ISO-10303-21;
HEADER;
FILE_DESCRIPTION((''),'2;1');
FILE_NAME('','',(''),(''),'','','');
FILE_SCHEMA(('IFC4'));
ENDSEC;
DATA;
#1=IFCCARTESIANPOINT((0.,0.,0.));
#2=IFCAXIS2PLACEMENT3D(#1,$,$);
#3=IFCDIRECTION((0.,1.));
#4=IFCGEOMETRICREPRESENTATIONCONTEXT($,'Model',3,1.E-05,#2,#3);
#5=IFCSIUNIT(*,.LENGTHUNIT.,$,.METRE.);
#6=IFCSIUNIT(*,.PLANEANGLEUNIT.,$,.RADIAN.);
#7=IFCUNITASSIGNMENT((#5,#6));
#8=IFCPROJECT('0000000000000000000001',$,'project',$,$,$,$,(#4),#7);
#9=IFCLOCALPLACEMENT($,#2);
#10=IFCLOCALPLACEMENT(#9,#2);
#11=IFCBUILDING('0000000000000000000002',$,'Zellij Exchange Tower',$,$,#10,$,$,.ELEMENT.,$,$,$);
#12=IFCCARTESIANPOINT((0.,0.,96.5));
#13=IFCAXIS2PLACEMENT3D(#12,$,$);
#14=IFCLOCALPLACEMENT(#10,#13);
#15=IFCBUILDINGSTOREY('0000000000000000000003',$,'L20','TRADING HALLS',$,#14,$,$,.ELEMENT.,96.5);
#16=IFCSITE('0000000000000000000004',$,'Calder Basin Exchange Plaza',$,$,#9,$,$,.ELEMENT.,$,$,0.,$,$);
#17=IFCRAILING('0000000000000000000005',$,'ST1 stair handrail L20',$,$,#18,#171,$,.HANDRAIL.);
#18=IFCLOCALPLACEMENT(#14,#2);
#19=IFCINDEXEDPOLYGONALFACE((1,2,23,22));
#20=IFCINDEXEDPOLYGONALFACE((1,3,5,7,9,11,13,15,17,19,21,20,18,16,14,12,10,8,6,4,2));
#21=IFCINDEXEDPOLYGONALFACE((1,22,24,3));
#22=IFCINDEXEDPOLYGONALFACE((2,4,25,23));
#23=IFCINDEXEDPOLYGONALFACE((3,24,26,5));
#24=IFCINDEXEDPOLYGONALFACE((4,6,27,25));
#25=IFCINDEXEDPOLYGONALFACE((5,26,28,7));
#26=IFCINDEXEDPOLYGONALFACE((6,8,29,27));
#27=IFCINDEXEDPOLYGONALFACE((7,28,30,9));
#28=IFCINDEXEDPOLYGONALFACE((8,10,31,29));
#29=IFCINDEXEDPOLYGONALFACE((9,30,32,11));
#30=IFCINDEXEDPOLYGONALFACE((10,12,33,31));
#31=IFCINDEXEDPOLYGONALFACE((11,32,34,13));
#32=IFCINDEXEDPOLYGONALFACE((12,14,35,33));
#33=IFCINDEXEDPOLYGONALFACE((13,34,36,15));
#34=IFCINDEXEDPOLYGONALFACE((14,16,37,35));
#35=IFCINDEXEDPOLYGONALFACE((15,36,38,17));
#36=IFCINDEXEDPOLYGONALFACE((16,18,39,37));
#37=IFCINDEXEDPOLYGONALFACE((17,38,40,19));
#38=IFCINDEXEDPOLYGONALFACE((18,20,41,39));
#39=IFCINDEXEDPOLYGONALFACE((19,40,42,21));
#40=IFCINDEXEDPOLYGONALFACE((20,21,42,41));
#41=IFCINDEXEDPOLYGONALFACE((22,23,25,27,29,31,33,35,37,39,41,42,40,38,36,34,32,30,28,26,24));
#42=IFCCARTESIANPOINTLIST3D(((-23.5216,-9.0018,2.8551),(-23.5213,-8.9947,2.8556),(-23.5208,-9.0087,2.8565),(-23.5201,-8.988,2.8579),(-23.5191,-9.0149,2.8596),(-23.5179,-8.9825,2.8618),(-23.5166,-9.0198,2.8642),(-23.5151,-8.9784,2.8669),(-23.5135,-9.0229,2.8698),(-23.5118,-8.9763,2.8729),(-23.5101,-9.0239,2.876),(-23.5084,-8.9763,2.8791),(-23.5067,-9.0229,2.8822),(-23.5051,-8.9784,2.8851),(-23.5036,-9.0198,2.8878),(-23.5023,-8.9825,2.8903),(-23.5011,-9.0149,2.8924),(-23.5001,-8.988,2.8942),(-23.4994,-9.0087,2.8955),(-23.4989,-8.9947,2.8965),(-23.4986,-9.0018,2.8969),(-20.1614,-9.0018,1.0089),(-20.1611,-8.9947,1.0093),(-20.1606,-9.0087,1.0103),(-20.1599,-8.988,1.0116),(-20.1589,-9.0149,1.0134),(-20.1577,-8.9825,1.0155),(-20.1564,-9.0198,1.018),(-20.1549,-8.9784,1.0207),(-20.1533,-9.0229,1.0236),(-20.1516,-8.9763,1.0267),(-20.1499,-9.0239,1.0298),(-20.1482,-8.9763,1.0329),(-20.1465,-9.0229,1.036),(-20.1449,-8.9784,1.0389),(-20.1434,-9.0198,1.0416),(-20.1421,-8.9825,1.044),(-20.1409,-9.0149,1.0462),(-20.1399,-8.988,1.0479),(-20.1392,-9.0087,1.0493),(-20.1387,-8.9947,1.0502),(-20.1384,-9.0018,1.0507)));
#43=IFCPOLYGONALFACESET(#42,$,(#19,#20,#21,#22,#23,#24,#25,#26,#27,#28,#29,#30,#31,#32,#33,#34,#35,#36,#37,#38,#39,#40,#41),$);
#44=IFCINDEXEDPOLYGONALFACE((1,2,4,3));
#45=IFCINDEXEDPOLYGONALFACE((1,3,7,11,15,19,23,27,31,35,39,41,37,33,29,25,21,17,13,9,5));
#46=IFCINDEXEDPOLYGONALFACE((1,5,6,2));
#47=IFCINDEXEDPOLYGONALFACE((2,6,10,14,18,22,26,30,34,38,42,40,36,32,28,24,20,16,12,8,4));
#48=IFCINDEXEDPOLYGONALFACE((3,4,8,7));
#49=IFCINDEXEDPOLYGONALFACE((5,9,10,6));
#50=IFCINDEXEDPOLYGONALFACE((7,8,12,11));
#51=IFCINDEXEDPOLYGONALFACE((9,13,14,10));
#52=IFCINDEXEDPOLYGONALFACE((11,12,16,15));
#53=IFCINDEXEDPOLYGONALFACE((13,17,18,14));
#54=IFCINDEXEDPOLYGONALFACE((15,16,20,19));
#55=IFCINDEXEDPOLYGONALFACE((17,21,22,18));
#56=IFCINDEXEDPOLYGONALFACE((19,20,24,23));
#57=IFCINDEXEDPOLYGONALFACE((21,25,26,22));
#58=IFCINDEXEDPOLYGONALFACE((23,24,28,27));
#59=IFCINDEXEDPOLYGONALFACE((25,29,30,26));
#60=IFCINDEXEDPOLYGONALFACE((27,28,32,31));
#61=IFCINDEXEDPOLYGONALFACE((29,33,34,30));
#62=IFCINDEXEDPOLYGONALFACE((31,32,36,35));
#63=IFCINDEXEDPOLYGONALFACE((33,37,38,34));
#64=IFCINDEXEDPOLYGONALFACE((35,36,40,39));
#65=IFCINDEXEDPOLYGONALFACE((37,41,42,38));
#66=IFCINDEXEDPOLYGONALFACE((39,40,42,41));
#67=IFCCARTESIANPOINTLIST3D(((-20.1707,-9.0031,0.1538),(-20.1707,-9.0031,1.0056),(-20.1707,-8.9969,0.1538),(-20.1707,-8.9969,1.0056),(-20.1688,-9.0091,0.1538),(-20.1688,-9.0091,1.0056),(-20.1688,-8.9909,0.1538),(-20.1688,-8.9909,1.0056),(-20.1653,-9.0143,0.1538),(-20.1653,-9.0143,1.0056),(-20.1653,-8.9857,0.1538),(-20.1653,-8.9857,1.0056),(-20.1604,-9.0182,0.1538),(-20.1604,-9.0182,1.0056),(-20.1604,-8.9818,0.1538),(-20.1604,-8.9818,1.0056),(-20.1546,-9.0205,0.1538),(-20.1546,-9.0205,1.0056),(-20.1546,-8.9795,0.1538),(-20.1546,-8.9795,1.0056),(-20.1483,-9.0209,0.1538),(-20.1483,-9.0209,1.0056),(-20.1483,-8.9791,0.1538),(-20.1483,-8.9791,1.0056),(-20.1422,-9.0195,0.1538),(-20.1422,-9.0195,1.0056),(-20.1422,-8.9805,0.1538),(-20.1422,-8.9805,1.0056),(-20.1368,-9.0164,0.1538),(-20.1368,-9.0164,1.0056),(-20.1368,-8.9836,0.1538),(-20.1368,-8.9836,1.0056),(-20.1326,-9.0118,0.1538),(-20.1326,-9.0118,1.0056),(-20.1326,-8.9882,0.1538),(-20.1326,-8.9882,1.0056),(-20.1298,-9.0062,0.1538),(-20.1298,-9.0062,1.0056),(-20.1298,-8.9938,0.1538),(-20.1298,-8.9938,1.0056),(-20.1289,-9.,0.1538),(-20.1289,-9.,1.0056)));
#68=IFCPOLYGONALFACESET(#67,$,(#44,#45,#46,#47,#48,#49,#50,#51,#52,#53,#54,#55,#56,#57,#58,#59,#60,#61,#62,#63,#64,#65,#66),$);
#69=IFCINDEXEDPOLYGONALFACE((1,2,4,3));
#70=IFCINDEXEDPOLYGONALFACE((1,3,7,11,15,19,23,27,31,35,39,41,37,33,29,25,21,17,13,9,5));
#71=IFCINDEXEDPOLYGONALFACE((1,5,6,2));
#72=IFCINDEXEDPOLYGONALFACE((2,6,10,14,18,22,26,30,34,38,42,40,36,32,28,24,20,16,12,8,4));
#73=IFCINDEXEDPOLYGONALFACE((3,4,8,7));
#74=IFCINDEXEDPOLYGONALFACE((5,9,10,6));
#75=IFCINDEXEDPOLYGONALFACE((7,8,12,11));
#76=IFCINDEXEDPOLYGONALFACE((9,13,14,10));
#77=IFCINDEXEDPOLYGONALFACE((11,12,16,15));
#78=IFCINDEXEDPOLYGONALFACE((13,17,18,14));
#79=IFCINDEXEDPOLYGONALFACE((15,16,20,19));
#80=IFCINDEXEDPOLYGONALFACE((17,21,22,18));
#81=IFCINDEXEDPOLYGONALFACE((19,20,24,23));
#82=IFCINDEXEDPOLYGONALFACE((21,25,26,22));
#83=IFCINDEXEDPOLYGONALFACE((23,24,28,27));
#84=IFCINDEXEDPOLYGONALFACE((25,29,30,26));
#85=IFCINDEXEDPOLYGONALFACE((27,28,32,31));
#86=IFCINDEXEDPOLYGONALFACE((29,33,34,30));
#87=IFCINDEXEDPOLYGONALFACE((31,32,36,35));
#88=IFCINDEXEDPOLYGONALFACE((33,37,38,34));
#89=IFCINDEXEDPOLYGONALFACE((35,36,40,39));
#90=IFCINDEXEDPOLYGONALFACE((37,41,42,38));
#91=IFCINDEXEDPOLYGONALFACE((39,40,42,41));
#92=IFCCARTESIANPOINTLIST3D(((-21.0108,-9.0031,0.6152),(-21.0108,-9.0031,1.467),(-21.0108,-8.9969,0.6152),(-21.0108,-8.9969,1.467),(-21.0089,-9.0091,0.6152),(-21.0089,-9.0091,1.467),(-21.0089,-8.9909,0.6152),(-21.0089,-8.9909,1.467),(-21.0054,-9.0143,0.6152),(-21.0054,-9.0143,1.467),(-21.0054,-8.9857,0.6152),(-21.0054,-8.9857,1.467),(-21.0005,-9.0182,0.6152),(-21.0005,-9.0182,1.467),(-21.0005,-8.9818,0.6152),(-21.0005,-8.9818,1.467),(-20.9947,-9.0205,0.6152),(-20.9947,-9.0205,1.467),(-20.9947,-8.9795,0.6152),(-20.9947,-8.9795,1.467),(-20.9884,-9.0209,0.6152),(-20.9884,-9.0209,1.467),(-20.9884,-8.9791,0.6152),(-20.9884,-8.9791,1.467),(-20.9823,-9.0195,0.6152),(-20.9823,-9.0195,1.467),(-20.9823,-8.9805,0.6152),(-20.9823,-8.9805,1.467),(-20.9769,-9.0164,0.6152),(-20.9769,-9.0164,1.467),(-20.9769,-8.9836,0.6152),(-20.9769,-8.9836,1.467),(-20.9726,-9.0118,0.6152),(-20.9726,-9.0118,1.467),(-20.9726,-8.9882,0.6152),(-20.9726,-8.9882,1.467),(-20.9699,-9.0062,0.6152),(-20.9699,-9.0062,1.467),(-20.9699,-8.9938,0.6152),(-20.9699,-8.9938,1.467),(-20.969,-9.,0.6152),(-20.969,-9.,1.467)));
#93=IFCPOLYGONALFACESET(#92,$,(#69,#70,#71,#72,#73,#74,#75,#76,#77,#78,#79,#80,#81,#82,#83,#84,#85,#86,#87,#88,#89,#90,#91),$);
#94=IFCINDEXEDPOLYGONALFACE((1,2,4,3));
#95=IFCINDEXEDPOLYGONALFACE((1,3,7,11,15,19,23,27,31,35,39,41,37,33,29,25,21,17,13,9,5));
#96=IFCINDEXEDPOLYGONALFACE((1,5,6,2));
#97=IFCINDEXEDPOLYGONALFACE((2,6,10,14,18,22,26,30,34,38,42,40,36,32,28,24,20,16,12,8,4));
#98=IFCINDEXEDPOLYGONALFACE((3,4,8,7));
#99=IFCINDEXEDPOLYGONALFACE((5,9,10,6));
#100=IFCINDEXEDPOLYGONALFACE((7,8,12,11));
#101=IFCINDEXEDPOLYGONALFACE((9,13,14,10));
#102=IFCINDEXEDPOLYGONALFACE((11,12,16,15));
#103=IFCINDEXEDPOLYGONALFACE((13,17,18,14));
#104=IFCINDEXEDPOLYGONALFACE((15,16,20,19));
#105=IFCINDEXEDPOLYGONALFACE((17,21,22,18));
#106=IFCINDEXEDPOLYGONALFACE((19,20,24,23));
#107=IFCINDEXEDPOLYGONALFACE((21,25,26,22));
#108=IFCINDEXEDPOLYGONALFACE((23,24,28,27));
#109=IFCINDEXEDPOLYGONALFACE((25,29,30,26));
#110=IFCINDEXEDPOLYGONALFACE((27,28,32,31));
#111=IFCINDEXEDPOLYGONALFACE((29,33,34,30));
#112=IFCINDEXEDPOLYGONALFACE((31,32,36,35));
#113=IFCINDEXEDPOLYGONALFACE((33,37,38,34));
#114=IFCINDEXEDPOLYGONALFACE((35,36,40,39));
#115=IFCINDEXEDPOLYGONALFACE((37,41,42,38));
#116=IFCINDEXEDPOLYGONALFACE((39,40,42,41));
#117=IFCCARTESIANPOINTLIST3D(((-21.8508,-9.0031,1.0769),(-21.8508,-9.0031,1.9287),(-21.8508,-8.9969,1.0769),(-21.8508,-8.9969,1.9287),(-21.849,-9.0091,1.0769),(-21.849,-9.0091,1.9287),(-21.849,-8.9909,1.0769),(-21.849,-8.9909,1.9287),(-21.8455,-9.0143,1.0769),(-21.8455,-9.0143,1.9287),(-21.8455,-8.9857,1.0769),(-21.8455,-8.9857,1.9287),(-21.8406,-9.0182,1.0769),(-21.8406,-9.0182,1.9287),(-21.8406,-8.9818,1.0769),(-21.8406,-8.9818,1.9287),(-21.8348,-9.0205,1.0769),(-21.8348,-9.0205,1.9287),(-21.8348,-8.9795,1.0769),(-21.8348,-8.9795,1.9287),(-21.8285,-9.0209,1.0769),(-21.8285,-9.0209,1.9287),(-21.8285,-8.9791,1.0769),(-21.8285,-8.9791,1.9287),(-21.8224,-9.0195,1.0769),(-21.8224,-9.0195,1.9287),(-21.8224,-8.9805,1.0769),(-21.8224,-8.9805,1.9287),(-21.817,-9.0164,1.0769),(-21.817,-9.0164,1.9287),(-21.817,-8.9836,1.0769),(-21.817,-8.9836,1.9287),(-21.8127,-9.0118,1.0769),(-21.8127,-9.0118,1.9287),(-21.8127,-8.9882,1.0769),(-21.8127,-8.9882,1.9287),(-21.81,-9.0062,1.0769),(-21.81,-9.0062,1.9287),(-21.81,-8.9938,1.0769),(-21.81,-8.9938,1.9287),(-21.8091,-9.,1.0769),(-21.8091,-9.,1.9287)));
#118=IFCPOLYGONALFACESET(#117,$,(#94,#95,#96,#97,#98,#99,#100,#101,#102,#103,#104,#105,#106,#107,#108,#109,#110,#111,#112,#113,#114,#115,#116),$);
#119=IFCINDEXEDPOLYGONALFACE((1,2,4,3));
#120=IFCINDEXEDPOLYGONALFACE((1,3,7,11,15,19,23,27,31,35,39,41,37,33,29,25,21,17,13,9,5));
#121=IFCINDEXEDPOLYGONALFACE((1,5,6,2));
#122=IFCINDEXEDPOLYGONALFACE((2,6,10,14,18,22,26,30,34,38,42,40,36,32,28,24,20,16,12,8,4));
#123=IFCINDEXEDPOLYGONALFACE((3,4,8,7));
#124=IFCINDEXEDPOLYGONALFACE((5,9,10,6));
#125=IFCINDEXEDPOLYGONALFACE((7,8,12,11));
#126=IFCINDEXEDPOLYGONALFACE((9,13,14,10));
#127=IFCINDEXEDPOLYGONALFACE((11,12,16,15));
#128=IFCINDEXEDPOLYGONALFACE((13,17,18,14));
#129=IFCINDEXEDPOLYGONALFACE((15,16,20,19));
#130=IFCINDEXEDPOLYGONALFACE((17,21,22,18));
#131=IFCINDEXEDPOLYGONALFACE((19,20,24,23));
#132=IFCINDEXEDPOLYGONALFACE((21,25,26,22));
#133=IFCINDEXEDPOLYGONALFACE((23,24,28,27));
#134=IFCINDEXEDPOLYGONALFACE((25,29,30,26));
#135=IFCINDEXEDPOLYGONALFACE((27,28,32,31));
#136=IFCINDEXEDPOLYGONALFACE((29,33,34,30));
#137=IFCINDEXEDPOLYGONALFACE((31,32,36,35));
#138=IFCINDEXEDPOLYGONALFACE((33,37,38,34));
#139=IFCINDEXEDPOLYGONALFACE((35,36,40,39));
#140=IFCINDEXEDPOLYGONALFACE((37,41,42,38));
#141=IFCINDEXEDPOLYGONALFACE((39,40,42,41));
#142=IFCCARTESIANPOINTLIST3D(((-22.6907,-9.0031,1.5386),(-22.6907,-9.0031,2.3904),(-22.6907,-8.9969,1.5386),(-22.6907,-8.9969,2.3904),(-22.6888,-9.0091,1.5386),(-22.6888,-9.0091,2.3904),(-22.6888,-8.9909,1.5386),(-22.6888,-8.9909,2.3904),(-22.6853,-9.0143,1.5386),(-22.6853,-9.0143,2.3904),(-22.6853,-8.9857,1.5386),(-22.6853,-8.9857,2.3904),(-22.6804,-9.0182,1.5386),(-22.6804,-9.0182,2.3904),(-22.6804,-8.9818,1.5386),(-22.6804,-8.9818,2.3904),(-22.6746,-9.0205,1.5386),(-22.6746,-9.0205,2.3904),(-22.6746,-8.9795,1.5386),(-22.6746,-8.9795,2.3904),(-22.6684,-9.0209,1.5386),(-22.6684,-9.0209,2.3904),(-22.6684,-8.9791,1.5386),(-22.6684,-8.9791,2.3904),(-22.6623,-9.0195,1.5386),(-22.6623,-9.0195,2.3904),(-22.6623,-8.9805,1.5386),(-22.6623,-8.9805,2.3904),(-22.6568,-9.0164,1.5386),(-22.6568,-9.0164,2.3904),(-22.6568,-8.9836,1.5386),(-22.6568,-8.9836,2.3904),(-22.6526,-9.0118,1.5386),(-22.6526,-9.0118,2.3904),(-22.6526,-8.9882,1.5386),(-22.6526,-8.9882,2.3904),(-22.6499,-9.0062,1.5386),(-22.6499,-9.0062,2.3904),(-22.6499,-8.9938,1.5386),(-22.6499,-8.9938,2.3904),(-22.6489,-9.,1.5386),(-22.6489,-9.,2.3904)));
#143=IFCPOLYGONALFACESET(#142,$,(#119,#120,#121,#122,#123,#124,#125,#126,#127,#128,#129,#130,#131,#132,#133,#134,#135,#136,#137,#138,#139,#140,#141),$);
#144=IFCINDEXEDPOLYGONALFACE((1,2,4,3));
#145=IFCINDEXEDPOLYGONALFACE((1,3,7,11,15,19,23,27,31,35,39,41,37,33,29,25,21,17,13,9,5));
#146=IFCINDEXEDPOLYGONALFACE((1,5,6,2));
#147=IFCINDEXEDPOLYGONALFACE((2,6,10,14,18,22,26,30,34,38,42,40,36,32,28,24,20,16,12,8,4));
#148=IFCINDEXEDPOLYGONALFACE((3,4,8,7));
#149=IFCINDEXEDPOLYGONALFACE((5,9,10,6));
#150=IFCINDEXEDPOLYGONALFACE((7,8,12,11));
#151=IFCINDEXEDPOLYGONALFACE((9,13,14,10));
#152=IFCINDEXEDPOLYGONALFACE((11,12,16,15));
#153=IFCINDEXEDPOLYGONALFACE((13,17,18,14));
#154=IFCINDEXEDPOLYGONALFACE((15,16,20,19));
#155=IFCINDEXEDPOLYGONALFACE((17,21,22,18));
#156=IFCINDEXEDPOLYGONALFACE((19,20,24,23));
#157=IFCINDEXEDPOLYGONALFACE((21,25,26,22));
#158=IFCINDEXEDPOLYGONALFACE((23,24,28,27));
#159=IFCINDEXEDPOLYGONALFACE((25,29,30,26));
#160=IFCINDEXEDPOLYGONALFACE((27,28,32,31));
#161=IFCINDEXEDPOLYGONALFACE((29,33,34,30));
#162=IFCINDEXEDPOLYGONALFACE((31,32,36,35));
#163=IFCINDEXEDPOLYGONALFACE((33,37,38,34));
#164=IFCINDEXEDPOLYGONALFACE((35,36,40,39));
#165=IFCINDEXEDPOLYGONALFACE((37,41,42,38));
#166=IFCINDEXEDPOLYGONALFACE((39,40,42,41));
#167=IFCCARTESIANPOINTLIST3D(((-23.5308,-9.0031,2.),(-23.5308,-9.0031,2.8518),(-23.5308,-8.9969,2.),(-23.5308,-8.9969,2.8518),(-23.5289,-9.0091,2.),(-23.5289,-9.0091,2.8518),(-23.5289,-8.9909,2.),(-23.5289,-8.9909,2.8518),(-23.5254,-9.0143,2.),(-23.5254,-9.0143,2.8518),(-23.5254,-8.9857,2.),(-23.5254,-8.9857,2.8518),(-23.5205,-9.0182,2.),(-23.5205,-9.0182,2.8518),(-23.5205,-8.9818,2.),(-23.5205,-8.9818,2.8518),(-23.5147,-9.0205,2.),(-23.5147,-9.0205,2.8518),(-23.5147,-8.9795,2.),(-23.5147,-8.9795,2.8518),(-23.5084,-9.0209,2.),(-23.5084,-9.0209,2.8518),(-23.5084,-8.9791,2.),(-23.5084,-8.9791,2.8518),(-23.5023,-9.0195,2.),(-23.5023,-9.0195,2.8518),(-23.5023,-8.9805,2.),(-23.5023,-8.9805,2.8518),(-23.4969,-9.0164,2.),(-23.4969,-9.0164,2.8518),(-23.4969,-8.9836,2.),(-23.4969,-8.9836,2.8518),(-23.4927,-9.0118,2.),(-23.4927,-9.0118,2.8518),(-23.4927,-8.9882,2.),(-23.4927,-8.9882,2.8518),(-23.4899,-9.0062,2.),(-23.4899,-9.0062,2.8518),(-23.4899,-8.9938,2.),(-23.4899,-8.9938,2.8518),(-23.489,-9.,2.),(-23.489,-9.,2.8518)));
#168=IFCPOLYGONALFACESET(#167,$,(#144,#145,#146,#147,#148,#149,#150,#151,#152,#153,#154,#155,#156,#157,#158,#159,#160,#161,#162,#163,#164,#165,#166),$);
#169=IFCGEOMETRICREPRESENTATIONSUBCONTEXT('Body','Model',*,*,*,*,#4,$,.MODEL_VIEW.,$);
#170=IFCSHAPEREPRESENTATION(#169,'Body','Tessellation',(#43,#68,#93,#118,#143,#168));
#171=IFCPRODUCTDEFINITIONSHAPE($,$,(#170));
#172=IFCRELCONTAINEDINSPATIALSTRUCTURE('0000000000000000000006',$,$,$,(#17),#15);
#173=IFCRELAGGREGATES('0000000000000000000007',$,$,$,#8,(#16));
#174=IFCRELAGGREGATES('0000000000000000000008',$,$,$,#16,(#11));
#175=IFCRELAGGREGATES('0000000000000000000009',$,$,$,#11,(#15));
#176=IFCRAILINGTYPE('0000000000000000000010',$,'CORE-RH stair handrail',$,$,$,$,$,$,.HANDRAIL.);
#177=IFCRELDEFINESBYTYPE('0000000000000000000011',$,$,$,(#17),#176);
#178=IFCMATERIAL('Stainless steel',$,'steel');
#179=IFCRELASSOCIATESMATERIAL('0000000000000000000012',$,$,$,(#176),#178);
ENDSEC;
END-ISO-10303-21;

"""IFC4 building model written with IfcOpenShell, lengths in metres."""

from ifc_helpers import new_model, si_unit, direction, frame, origin, origin_2d, place, context, subcontext, project, spatial, circle, extrude, material, type_object, element, save


model = new_model("IFC4")

# Units and contexts
model_context = context("Model", 3, precision=1e-05, world=origin(), true_north=direction((0.0, 1.0)))
body_context = subcontext(model_context, "Body", "Model", "MODEL_VIEW")
ifc_project = project(units=[si_unit("LENGTHUNIT", "METRE"), si_unit("PLANEANGLEUNIT", "RADIAN")], contexts=[model_context])

# Site, building, storey
site_placement = place(None, origin())
site = spatial("IfcSite", under=ifc_project, at=site_placement, Name="Calder Basin Exchange Plaza", CompositionType="ELEMENT", RefElevation=0.0)
building_placement = place(site_placement, origin())
building = spatial("IfcBuilding", under=site, at=building_placement, Name="Zellij Exchange Tower", CompositionType="ELEMENT")
storey_placement = place(building_placement, frame((0.0, 0.0, 96.5)))
storey = spatial("IfcBuildingStorey", under=building, at=storey_placement, Name="L20", Description="TRADING HALLS", CompositionType="ELEMENT", Elevation=96.5)

# Railing
ifc_material_1 = material(Name="Stainless steel", Category="steel")
railing_type_1 = type_object("IfcRailingType", Name="CORE-RH stair handrail", PredefinedType="HANDRAIL", material=ifc_material_1)
railing_1_placement = place(storey_placement, frame((-20.1499, -9.0, 0.1538)))
element("IfcRailing", 1, at=railing_1_placement, inside=storey, type_object=railing_type_1, Name="ST1 stair handrail L20", PredefinedType="HANDRAIL", context=body_context, shape_type="SweptSolid", body=[
    extrude(circle(Radius=0.0239, at=origin_2d()), frame((0.0, 0.0, 0.876), z_axis=(-0.876422, 0.0, 0.481545), x_axis=(0.0, -1.0, 0.0)), (0.0, 0.0, 1.0), 3.834),
    extrude(circle(Radius=0.021, at=origin_2d()), origin(), (0.0, 0.0, 1.0), 0.8518),
    extrude(circle(Radius=0.021, at=origin_2d()), frame((-0.8401, 0.0, 0.4614)), (0.0, 0.0, 1.0), 0.8518),
    extrude(circle(Radius=0.021, at=origin_2d()), frame((-1.6802, 0.0, 0.9231)), (0.0, 0.0, 1.0), 0.8518),
    extrude(circle(Radius=0.021, at=origin_2d()), frame((-2.52, 0.0, 1.3848)), (0.0, 0.0, 1.0), 0.8518),
    extrude(circle(Radius=0.021, at=origin_2d()), frame((-3.3601, 0.0, 1.8462)), (0.0, 0.0, 1.0), 0.8518),
])

save(model, "model.ifc")
